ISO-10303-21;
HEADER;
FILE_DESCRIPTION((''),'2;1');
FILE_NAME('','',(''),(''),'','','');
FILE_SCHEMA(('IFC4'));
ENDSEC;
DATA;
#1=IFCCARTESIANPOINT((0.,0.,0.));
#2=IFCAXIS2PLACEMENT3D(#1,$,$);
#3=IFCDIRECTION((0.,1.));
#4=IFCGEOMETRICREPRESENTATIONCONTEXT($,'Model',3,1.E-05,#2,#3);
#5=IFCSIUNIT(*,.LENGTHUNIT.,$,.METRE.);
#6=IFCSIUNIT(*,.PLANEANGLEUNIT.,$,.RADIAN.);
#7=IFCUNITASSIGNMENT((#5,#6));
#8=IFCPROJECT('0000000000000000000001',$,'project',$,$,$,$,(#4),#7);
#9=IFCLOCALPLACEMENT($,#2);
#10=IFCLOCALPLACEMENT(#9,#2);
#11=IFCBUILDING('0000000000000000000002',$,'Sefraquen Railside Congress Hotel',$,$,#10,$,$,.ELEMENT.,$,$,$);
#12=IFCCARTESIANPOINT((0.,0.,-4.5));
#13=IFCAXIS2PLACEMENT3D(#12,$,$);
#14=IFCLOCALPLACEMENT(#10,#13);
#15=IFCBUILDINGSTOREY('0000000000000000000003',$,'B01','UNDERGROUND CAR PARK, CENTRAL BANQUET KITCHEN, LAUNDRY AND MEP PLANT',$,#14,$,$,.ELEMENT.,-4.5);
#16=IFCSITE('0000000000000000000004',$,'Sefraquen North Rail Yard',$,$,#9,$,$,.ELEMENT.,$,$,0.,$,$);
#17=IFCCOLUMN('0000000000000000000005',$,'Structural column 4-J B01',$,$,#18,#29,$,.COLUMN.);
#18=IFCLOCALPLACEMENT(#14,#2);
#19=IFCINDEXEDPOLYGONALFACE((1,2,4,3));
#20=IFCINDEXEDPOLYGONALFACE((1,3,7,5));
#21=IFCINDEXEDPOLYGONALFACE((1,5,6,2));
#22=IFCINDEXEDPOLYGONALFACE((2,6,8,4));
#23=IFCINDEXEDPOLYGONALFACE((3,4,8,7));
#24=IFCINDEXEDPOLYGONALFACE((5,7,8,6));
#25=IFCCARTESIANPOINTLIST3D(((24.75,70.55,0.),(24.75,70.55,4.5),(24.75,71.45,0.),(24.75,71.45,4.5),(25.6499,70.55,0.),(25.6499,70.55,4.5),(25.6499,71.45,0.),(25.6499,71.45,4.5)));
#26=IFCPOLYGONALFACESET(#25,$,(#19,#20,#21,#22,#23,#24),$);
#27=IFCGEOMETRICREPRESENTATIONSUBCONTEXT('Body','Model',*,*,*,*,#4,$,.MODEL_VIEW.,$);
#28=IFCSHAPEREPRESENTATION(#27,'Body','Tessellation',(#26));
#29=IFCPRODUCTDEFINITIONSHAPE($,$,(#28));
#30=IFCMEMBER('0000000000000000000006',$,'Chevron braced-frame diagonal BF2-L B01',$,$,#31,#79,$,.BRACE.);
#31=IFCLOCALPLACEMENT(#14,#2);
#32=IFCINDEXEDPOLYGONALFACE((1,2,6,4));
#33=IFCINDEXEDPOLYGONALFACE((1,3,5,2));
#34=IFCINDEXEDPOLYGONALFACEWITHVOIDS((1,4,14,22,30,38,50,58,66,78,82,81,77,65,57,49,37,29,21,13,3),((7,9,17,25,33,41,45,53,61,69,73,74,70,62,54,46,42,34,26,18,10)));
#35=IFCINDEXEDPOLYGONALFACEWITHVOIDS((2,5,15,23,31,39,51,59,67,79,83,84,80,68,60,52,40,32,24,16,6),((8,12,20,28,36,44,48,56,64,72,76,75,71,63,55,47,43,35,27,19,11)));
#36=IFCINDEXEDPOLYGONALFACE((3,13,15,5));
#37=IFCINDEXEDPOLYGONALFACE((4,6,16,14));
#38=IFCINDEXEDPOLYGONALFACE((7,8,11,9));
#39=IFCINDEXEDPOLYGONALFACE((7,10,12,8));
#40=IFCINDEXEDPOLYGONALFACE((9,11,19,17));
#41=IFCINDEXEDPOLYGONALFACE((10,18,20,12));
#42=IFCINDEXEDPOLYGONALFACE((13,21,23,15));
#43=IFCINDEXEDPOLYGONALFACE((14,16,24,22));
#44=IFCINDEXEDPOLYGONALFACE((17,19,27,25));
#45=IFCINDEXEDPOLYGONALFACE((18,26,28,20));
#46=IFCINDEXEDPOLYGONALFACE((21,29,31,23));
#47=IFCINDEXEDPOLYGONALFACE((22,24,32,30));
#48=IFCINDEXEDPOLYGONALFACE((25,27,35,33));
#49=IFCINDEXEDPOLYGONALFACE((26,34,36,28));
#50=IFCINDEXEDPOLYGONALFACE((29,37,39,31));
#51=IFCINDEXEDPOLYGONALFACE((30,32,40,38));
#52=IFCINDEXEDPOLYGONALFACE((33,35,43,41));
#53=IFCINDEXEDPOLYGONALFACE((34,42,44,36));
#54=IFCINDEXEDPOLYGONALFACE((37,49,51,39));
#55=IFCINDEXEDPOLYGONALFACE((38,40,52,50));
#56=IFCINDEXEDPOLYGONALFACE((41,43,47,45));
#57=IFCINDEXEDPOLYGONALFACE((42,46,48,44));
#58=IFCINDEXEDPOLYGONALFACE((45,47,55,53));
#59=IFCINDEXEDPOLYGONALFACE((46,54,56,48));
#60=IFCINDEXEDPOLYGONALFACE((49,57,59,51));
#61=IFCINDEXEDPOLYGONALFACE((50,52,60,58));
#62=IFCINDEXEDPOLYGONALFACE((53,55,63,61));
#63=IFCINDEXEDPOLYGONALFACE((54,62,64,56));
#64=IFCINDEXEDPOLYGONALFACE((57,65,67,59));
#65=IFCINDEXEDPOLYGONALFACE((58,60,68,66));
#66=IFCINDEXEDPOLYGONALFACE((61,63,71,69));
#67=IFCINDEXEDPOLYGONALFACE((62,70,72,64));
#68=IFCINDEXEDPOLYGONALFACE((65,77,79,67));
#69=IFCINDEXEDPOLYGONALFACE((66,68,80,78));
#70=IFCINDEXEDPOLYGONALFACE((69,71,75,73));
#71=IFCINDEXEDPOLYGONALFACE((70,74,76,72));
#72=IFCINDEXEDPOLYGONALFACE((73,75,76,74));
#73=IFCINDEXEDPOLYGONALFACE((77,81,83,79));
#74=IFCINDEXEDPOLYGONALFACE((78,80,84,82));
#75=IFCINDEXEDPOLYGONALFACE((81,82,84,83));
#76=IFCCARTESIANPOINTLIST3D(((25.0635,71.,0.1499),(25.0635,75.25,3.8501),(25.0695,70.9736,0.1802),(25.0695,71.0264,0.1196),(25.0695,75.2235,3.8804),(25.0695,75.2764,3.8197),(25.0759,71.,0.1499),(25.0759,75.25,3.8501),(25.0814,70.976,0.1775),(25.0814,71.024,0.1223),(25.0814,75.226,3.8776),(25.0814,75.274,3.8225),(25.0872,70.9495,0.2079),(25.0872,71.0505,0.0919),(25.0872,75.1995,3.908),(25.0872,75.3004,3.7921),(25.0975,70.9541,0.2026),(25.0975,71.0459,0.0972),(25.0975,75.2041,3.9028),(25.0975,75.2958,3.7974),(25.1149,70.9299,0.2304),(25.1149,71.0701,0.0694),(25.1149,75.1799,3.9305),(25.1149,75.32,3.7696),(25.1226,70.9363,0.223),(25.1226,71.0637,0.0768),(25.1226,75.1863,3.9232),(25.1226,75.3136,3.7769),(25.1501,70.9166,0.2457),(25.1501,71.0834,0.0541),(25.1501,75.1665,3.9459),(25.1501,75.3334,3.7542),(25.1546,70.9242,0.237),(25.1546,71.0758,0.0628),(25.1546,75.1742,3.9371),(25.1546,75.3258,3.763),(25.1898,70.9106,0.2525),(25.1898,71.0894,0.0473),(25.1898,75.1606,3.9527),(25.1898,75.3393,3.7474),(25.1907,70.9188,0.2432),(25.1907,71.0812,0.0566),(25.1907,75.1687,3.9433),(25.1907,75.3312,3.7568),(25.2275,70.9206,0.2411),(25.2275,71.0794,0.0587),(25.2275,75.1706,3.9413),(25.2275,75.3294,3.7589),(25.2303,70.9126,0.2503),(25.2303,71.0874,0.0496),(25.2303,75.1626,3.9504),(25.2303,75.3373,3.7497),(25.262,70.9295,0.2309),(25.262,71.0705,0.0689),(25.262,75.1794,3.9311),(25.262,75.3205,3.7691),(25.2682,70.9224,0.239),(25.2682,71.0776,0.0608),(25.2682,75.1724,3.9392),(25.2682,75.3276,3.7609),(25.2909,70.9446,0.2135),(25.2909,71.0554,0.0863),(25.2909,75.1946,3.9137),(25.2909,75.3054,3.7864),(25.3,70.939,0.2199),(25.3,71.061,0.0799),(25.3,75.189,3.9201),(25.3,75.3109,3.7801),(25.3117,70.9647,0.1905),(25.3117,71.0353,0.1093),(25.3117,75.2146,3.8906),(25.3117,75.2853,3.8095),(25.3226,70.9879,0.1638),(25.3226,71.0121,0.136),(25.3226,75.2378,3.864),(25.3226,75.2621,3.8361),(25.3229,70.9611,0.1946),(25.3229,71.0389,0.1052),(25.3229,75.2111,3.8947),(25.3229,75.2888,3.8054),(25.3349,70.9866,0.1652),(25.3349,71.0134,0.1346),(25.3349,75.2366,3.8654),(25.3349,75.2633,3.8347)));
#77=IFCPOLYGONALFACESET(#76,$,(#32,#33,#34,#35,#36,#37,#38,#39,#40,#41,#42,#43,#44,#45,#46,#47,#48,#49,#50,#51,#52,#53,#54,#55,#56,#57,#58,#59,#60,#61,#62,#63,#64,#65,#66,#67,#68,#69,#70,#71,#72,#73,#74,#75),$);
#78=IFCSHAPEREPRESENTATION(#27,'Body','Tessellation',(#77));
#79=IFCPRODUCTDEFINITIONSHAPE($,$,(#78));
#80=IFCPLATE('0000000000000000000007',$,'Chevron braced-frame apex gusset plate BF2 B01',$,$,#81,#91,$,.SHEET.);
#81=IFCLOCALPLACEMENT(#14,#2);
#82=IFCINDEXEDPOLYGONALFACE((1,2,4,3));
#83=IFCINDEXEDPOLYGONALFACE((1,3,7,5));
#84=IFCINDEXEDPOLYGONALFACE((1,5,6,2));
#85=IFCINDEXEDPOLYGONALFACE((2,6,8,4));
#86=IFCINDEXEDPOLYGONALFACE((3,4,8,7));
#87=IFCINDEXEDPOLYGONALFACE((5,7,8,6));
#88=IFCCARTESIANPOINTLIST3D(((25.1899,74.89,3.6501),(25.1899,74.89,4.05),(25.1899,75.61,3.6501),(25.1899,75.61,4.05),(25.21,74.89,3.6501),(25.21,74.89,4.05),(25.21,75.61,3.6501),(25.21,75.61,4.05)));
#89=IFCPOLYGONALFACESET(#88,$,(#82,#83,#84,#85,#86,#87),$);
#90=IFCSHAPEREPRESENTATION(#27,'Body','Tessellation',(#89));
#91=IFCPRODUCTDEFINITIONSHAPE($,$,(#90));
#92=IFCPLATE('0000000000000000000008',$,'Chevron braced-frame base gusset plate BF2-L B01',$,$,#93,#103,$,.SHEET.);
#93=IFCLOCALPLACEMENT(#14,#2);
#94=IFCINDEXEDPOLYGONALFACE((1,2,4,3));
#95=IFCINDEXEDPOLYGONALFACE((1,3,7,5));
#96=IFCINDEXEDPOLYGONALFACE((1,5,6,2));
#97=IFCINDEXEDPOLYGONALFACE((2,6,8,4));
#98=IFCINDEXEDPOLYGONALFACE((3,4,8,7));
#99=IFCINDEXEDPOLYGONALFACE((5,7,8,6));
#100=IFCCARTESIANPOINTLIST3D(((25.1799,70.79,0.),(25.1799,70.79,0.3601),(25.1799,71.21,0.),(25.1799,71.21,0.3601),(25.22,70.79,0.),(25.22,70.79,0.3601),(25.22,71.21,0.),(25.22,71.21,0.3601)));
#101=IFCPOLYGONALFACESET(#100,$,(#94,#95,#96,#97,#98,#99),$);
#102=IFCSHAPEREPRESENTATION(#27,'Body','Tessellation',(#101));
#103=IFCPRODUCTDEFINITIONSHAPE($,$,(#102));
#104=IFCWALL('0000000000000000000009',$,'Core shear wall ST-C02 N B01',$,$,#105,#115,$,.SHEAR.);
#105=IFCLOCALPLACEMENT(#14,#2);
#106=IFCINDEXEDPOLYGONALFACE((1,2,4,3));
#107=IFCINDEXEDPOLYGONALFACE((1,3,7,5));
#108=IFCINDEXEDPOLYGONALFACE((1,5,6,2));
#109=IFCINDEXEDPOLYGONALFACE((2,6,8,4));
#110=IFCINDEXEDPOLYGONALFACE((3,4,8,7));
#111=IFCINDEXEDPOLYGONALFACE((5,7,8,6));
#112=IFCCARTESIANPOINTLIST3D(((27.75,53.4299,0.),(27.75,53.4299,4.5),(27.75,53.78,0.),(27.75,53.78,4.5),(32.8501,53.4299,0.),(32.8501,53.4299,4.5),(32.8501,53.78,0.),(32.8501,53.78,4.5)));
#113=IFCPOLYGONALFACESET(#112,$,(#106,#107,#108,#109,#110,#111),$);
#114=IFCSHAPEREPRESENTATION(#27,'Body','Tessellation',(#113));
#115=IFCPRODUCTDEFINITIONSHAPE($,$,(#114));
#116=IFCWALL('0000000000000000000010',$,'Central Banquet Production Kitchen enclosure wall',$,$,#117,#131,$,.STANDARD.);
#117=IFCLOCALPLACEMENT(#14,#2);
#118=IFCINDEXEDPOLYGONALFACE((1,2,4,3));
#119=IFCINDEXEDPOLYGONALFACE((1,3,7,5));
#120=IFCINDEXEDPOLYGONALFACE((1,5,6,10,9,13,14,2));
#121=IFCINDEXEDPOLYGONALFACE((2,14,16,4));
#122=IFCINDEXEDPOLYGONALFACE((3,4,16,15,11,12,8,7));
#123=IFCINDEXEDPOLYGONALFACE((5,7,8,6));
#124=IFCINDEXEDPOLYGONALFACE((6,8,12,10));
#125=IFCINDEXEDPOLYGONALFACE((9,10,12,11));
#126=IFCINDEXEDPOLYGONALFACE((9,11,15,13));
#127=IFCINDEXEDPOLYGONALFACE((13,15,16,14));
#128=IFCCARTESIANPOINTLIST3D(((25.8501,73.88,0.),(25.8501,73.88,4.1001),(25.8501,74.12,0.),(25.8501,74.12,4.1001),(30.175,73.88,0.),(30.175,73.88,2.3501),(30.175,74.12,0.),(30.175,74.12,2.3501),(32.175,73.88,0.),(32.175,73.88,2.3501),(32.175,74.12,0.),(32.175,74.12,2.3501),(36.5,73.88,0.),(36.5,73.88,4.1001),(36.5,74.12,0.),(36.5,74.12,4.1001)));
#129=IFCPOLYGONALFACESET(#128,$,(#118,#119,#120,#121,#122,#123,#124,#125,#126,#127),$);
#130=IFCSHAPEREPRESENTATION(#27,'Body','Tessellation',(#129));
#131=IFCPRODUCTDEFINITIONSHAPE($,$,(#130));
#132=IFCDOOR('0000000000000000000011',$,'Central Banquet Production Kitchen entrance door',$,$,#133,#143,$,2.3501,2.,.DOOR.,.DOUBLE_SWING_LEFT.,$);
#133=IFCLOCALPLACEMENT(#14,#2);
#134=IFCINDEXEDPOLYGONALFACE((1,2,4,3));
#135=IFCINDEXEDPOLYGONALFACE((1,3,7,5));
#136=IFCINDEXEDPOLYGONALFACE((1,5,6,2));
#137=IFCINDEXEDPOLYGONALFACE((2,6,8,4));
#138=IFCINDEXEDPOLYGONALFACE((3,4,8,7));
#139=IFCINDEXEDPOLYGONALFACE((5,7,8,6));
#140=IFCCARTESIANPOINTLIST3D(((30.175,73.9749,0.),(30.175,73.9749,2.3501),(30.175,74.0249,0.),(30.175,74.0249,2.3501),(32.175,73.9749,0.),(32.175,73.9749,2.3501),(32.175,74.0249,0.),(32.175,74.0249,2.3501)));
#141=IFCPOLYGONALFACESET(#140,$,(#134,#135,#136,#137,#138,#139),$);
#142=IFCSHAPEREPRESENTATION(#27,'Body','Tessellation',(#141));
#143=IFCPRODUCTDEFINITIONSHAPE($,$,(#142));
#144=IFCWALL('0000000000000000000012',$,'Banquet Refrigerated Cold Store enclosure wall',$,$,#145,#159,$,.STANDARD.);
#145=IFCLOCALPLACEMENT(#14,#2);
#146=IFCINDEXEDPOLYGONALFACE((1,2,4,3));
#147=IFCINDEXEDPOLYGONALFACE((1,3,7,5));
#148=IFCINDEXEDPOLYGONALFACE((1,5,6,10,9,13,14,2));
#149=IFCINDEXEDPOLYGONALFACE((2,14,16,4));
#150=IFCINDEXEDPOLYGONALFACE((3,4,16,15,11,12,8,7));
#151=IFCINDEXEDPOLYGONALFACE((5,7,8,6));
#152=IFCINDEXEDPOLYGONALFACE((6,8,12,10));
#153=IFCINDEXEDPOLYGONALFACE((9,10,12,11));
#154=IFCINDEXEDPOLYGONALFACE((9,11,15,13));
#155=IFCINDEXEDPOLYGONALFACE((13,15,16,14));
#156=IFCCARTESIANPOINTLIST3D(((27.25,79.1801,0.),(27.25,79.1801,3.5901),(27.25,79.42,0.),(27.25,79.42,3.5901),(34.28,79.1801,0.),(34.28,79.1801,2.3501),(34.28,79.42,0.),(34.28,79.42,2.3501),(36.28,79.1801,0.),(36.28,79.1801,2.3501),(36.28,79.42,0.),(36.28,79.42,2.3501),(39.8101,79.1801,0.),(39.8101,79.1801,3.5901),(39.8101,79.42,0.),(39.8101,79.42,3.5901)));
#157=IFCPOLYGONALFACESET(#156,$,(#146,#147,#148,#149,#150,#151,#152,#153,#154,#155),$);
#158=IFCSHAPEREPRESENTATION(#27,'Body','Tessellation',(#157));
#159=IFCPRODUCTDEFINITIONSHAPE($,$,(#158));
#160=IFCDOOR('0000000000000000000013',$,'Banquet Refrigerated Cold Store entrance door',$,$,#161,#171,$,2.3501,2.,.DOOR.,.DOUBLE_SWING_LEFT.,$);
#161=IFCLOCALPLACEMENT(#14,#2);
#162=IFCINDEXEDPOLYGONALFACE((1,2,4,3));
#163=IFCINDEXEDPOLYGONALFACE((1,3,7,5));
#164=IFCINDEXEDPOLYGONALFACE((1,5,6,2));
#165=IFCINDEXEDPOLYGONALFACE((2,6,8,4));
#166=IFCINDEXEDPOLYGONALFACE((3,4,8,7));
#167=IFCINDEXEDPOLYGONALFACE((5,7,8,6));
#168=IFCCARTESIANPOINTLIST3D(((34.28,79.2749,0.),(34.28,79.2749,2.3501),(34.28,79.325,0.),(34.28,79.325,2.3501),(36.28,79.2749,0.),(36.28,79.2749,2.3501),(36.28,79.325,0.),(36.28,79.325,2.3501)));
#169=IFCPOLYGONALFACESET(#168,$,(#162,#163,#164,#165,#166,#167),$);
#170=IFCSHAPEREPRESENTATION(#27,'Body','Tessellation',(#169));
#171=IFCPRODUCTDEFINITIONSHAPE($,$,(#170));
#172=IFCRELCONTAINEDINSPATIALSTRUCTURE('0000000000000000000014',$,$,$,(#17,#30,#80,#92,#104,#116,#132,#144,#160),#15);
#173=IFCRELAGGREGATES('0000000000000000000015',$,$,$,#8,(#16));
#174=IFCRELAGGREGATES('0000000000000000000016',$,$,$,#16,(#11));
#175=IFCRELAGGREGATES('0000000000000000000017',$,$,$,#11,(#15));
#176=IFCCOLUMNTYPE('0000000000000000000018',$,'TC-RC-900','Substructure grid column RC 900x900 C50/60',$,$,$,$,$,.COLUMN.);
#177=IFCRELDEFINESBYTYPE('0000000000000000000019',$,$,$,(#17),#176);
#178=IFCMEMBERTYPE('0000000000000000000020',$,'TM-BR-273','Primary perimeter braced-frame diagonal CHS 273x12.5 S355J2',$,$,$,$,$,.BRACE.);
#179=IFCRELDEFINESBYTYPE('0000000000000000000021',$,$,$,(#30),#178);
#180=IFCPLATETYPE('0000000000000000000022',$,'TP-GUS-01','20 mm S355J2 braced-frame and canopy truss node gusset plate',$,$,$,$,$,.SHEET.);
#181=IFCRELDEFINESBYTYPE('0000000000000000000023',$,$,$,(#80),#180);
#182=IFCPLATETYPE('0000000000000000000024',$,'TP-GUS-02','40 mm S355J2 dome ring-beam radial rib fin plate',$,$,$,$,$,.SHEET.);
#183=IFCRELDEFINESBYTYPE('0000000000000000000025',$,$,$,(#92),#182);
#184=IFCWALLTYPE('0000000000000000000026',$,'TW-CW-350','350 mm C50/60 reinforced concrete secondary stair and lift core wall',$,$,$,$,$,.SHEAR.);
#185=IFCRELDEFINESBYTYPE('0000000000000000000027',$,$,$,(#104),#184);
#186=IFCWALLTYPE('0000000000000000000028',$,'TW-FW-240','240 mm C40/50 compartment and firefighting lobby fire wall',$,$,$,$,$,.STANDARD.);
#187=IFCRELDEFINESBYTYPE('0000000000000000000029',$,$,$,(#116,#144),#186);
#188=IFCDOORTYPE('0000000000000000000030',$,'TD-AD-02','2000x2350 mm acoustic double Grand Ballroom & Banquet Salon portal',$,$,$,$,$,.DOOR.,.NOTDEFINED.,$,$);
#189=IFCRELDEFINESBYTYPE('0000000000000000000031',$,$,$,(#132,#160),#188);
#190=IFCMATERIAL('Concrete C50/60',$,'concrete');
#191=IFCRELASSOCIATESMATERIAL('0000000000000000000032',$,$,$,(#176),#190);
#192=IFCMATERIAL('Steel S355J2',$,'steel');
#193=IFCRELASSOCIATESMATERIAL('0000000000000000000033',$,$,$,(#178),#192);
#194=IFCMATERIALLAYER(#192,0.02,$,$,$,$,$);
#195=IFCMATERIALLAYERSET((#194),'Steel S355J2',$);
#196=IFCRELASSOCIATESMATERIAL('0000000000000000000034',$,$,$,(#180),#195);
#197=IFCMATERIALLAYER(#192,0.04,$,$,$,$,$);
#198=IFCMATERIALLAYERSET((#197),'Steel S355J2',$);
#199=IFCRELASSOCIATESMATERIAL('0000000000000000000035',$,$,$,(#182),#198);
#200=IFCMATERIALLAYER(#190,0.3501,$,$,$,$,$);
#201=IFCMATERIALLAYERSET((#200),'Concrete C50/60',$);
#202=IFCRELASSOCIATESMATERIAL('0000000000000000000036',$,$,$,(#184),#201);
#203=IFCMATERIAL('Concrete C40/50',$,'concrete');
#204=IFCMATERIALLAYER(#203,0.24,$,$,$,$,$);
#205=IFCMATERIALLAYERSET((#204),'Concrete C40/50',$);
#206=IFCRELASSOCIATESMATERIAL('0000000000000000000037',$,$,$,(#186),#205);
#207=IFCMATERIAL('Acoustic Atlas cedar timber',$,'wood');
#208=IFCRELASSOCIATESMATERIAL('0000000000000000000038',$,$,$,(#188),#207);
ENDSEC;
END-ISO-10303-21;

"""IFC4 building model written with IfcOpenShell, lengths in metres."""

from ifc_helpers import new_model, si_unit, direction, frame, frame_2d, origin, origin_2d, place, context, subcontext, project, spatial, rectangle, hollow_circle, extrude, material, layer, layer_set, material_profile, profile_set, type_object, element, fill, save


model = new_model("IFC4")

# Units and contexts
model_context = context("Model", 3, precision=1e-05, world=origin(), true_north=direction((0.0, 1.0)))
body_context = subcontext(model_context, "Body", "Model", "MODEL_VIEW")
ifc_project = project(units=[si_unit("LENGTHUNIT", "METRE"), si_unit("PLANEANGLEUNIT", "RADIAN")], contexts=[model_context])

# Site, building, storey
site_placement = place(None, origin())
site = spatial("IfcSite", under=ifc_project, at=site_placement, Name="Sefraquen North Rail Yard", CompositionType="ELEMENT", RefElevation=0.0)
building_placement = place(site_placement, origin())
building = spatial("IfcBuilding", under=site, at=building_placement, Name="Sefraquen Railside Congress Hotel", CompositionType="ELEMENT")
storey_placement = place(building_placement, frame((0.0, 0.0, -4.5)))
storey = spatial("IfcBuildingStorey", under=building, at=storey_placement, Name="B01", Description="UNDERGROUND CAR PARK, CENTRAL BANQUET KITCHEN, LAUNDRY AND MEP PLANT", CompositionType="ELEMENT", Elevation=-4.5)

# Shared definitions
ifc_material_1 = material(Name="Concrete C40/50", Category="concrete")

# Column
ifc_material_2 = material(Name="Steel S355J2", Category="steel")
ifc_material_3 = material(Name="Concrete C50/60", Category="concrete")
ifc_material_profile_1 = material_profile(ifc_material_3, rectangle(XDim=0.8999, YDim=0.8999, at=origin_2d()), Name="RC 900x900")
ifc_profile_set_1 = profile_set([ifc_material_profile_1], Name="Concrete C50/60")
column_type_1 = type_object("IfcColumnType", Name="TC-RC-900", Description="Substructure grid column RC 900x900 C50/60", PredefinedType="COLUMN", material=ifc_profile_set_1)
for number, where, z_axis, x_axis, name in (
    (1, (25.2, 71.0, 0.0), (0.0, 0.0, 1.0), (1.0, 0.0, 0.0), "Structural column 4-J B01"),
):
    element("IfcColumn", number, at=place(storey_placement, frame(where, z_axis=z_axis, x_axis=x_axis)), inside=storey, type_object=column_type_1, Name=name, PredefinedType="COLUMN", context=body_context, shape_type="SweptSolid", body=[
        extrude(rectangle(XDim=0.8999, YDim=0.8999, at=origin_2d()), origin(), (0.0, 0.0, 1.0), 4.5),
    ])

# Member
ifc_material_profile_2 = material_profile(ifc_material_2, hollow_circle(Radius=0.1365, WallThickness=0.0125, at=origin_2d()), Name="CHS 273x12.5")
ifc_profile_set_2 = profile_set([ifc_material_profile_2], Name="Steel S355J2")
member_type = type_object("IfcMemberType", Name="TM-BR-273", Description="Primary perimeter braced-frame diagonal CHS 273x12.5 S355J2", PredefinedType="BRACE", material=ifc_profile_set_2)
member_placement = place(storey_placement, frame((25.2, 71.0, 0.1499), z_axis=(0.0, 0.754206, 0.656638), x_axis=(-1.0, 0.0, 0.0)))
element("IfcMember", 2, at=member_placement, inside=storey, type_object=member_type, Name="Chevron braced-frame diagonal BF2-L B01", PredefinedType="BRACE", context=body_context, shape_type="SweptSolid", body=[
    extrude(hollow_circle(Radius=0.1365, WallThickness=0.0125, at=origin_2d()), origin(), (0.0, 0.0, 1.0), 5.635),
])

# Plates
ifc_layer_1 = layer(ifc_material_2, 0.02)
ifc_layer_set_1 = layer_set([ifc_layer_1], Name="Steel S355J2")
plate_type_1 = type_object("IfcPlateType", Name="TP-GUS-01", Description="20 mm S355J2 braced-frame and canopy truss node gusset plate", PredefinedType="SHEET", material=ifc_layer_set_1)
plate_1_placement = place(storey_placement, frame((25.2, 75.25, 3.6501), z_axis=(0.0, 0.0, 1.0), x_axis=(0.0, 1.0, 0.0)))
element("IfcPlate", 3, at=plate_1_placement, inside=storey, type_object=plate_type_1, Name="Chevron braced-frame apex gusset plate BF2 B01", PredefinedType="SHEET", context=body_context, shape_type="SweptSolid", body=[
    extrude(rectangle(XDim=0.72, YDim=0.02, at=origin_2d()), origin(), (0.0, 0.0, 1.0), 0.3999),
])
ifc_layer_2 = layer(ifc_material_2, 0.04)
ifc_layer_set_2 = layer_set([ifc_layer_2], Name="Steel S355J2")
plate_type_2 = type_object("IfcPlateType", Name="TP-GUS-02", Description="40 mm S355J2 dome ring-beam radial rib fin plate", PredefinedType="SHEET", material=ifc_layer_set_2)
plate_2_placement = place(storey_placement, frame((25.2, 71.0, 0.0), z_axis=(0.0, 0.0, 1.0), x_axis=(0.0, 1.0, 0.0)))
element("IfcPlate", 4, at=plate_2_placement, inside=storey, type_object=plate_type_2, Name="Chevron braced-frame base gusset plate BF2-L B01", PredefinedType="SHEET", context=body_context, shape_type="SweptSolid", body=[
    extrude(rectangle(XDim=0.4199, YDim=0.04, at=origin_2d()), origin(), (0.0, 0.0, 1.0), 0.3601),
])

# Wall
ifc_layer_3 = layer(ifc_material_3, 0.3501)
ifc_layer_set_3 = layer_set([ifc_layer_3], Name="Concrete C50/60")
wall_type_1 = type_object("IfcWallType", Name="TW-CW-350", Description="350 mm C50/60 reinforced concrete secondary stair and lift core wall", PredefinedType="SHEAR", material=ifc_layer_set_3)
wall_1_placement = place(storey_placement, frame((27.75, 53.605, 0.0), z_axis=(0.0, 0.0, 1.0), x_axis=(1.0, 0.0, 0.0)))
element("IfcWall", 5, at=wall_1_placement, inside=storey, type_object=wall_type_1, Name="Core shear wall ST-C02 N B01", PredefinedType="SHEAR", context=body_context, shape_type="SweptSolid", body=[
    extrude(rectangle(XDim=5.1001, YDim=0.3501, at=frame_2d((2.55, 0.0))), origin(), (0.0, 0.0, 1.0), 4.5),
])

# Walls, openings, doors
ifc_layer_4 = layer(ifc_material_1, 0.24)
ifc_layer_set_4 = layer_set([ifc_layer_4], Name="Concrete C40/50")
wall_type_2 = type_object("IfcWallType", Name="TW-FW-240", Description="240 mm C40/50 compartment and firefighting lobby fire wall", PredefinedType="STANDARD", material=ifc_layer_set_4)
wall_2_placement = place(storey_placement, frame((25.8501, 74.0, 0.0), z_axis=(0.0, 0.0, 1.0), x_axis=(1.0, 0.0, 0.0)))
wall_2 = element("IfcWall", 6, at=wall_2_placement, inside=storey, type_object=wall_type_2, Name="Central Banquet Production Kitchen enclosure wall", PredefinedType="STANDARD", context=body_context, shape_type="SweptSolid", body=[
    extrude(rectangle(XDim=10.6499, YDim=0.24, at=frame_2d((5.325, 0.0))), origin(), (0.0, 0.0, 1.0), 4.1001),
])
opening_1_placement = place(wall_2_placement, frame((4.325, 0.0, 0.0)))
opening_1 = element("IfcOpeningElement", 7, at=opening_1_placement, cuts=wall_2, PredefinedType="OPENING", context=body_context, shape_type="SweptSolid", body=[
    extrude(rectangle(XDim=2.0, YDim=2.3501, at=frame_2d((1.0, 1.175))), frame((0.0, 0.1299, 0.0), z_axis=(0.0, -1.0, 0.0), x_axis=(1.0, 0.0, 0.0)), (0.0, 0.0, 1.0), 0.26),
])
ifc_material_4 = material(Name="Acoustic Atlas cedar timber", Category="wood")
door_type = type_object("IfcDoorType", Name="TD-AD-02", Description="2000x2350 mm acoustic double Grand Ballroom & Banquet Salon portal", OperationType="NOTDEFINED", PredefinedType="DOOR", material=ifc_material_4)
door_1_placement = place(opening_1_placement, origin())
door_1 = element("IfcDoor", 8, at=door_1_placement, inside=storey, type_object=door_type, Name="Central Banquet Production Kitchen entrance door", OperationType="DOUBLE_SWING_LEFT", OverallHeight=2.3501, OverallWidth=2.0, PredefinedType="DOOR", context=body_context, shape_type="SweptSolid", body=[
    extrude(rectangle(XDim=2.0, YDim=2.3501, at=frame_2d((1.0, 1.175))), frame((0.0, 0.0249, 0.0), z_axis=(0.0, -1.0, 0.0), x_axis=(1.0, 0.0, 0.0)), (0.0, 0.0, 1.0), 0.05),
])
fill(opening_1, door_1)
wall_3_placement = place(storey_placement, frame((27.25, 79.3, 0.0), z_axis=(0.0, 0.0, 1.0), x_axis=(1.0, 0.0, 0.0)))
wall_3 = element("IfcWall", 9, at=wall_3_placement, inside=storey, type_object=wall_type_2, Name="Banquet Refrigerated Cold Store enclosure wall", PredefinedType="STANDARD", context=body_context, shape_type="SweptSolid", body=[
    extrude(rectangle(XDim=12.5601, YDim=0.24, at=frame_2d((6.28, 0.0))), origin(), (0.0, 0.0, 1.0), 3.5901),
])
opening_2_placement = place(wall_3_placement, frame((7.03, 0.0, 0.0)))
opening_2 = element("IfcOpeningElement", 10, at=opening_2_placement, cuts=wall_3, PredefinedType="OPENING", context=body_context, shape_type="SweptSolid", body=[
    extrude(rectangle(XDim=2.0, YDim=2.3501, at=frame_2d((1.0, 1.175))), frame((0.0, 0.1299, 0.0), z_axis=(0.0, -1.0, 0.0), x_axis=(1.0, 0.0, 0.0)), (0.0, 0.0, 1.0), 0.26),
])
door_2_placement = place(opening_2_placement, origin())
door_2 = element("IfcDoor", 11, at=door_2_placement, inside=storey, type_object=door_type, Name="Banquet Refrigerated Cold Store entrance door", OperationType="DOUBLE_SWING_LEFT", OverallHeight=2.3501, OverallWidth=2.0, PredefinedType="DOOR", context=body_context, shape_type="SweptSolid", body=[
    extrude(rectangle(XDim=2.0, YDim=2.3501, at=frame_2d((1.0, 1.175))), frame((0.0, 0.0249, 0.0), z_axis=(0.0, -1.0, 0.0), x_axis=(1.0, 0.0, 0.0)), (0.0, 0.0, 1.0), 0.05),
])
fill(opening_2, door_2)

save(model, "model.ifc")
